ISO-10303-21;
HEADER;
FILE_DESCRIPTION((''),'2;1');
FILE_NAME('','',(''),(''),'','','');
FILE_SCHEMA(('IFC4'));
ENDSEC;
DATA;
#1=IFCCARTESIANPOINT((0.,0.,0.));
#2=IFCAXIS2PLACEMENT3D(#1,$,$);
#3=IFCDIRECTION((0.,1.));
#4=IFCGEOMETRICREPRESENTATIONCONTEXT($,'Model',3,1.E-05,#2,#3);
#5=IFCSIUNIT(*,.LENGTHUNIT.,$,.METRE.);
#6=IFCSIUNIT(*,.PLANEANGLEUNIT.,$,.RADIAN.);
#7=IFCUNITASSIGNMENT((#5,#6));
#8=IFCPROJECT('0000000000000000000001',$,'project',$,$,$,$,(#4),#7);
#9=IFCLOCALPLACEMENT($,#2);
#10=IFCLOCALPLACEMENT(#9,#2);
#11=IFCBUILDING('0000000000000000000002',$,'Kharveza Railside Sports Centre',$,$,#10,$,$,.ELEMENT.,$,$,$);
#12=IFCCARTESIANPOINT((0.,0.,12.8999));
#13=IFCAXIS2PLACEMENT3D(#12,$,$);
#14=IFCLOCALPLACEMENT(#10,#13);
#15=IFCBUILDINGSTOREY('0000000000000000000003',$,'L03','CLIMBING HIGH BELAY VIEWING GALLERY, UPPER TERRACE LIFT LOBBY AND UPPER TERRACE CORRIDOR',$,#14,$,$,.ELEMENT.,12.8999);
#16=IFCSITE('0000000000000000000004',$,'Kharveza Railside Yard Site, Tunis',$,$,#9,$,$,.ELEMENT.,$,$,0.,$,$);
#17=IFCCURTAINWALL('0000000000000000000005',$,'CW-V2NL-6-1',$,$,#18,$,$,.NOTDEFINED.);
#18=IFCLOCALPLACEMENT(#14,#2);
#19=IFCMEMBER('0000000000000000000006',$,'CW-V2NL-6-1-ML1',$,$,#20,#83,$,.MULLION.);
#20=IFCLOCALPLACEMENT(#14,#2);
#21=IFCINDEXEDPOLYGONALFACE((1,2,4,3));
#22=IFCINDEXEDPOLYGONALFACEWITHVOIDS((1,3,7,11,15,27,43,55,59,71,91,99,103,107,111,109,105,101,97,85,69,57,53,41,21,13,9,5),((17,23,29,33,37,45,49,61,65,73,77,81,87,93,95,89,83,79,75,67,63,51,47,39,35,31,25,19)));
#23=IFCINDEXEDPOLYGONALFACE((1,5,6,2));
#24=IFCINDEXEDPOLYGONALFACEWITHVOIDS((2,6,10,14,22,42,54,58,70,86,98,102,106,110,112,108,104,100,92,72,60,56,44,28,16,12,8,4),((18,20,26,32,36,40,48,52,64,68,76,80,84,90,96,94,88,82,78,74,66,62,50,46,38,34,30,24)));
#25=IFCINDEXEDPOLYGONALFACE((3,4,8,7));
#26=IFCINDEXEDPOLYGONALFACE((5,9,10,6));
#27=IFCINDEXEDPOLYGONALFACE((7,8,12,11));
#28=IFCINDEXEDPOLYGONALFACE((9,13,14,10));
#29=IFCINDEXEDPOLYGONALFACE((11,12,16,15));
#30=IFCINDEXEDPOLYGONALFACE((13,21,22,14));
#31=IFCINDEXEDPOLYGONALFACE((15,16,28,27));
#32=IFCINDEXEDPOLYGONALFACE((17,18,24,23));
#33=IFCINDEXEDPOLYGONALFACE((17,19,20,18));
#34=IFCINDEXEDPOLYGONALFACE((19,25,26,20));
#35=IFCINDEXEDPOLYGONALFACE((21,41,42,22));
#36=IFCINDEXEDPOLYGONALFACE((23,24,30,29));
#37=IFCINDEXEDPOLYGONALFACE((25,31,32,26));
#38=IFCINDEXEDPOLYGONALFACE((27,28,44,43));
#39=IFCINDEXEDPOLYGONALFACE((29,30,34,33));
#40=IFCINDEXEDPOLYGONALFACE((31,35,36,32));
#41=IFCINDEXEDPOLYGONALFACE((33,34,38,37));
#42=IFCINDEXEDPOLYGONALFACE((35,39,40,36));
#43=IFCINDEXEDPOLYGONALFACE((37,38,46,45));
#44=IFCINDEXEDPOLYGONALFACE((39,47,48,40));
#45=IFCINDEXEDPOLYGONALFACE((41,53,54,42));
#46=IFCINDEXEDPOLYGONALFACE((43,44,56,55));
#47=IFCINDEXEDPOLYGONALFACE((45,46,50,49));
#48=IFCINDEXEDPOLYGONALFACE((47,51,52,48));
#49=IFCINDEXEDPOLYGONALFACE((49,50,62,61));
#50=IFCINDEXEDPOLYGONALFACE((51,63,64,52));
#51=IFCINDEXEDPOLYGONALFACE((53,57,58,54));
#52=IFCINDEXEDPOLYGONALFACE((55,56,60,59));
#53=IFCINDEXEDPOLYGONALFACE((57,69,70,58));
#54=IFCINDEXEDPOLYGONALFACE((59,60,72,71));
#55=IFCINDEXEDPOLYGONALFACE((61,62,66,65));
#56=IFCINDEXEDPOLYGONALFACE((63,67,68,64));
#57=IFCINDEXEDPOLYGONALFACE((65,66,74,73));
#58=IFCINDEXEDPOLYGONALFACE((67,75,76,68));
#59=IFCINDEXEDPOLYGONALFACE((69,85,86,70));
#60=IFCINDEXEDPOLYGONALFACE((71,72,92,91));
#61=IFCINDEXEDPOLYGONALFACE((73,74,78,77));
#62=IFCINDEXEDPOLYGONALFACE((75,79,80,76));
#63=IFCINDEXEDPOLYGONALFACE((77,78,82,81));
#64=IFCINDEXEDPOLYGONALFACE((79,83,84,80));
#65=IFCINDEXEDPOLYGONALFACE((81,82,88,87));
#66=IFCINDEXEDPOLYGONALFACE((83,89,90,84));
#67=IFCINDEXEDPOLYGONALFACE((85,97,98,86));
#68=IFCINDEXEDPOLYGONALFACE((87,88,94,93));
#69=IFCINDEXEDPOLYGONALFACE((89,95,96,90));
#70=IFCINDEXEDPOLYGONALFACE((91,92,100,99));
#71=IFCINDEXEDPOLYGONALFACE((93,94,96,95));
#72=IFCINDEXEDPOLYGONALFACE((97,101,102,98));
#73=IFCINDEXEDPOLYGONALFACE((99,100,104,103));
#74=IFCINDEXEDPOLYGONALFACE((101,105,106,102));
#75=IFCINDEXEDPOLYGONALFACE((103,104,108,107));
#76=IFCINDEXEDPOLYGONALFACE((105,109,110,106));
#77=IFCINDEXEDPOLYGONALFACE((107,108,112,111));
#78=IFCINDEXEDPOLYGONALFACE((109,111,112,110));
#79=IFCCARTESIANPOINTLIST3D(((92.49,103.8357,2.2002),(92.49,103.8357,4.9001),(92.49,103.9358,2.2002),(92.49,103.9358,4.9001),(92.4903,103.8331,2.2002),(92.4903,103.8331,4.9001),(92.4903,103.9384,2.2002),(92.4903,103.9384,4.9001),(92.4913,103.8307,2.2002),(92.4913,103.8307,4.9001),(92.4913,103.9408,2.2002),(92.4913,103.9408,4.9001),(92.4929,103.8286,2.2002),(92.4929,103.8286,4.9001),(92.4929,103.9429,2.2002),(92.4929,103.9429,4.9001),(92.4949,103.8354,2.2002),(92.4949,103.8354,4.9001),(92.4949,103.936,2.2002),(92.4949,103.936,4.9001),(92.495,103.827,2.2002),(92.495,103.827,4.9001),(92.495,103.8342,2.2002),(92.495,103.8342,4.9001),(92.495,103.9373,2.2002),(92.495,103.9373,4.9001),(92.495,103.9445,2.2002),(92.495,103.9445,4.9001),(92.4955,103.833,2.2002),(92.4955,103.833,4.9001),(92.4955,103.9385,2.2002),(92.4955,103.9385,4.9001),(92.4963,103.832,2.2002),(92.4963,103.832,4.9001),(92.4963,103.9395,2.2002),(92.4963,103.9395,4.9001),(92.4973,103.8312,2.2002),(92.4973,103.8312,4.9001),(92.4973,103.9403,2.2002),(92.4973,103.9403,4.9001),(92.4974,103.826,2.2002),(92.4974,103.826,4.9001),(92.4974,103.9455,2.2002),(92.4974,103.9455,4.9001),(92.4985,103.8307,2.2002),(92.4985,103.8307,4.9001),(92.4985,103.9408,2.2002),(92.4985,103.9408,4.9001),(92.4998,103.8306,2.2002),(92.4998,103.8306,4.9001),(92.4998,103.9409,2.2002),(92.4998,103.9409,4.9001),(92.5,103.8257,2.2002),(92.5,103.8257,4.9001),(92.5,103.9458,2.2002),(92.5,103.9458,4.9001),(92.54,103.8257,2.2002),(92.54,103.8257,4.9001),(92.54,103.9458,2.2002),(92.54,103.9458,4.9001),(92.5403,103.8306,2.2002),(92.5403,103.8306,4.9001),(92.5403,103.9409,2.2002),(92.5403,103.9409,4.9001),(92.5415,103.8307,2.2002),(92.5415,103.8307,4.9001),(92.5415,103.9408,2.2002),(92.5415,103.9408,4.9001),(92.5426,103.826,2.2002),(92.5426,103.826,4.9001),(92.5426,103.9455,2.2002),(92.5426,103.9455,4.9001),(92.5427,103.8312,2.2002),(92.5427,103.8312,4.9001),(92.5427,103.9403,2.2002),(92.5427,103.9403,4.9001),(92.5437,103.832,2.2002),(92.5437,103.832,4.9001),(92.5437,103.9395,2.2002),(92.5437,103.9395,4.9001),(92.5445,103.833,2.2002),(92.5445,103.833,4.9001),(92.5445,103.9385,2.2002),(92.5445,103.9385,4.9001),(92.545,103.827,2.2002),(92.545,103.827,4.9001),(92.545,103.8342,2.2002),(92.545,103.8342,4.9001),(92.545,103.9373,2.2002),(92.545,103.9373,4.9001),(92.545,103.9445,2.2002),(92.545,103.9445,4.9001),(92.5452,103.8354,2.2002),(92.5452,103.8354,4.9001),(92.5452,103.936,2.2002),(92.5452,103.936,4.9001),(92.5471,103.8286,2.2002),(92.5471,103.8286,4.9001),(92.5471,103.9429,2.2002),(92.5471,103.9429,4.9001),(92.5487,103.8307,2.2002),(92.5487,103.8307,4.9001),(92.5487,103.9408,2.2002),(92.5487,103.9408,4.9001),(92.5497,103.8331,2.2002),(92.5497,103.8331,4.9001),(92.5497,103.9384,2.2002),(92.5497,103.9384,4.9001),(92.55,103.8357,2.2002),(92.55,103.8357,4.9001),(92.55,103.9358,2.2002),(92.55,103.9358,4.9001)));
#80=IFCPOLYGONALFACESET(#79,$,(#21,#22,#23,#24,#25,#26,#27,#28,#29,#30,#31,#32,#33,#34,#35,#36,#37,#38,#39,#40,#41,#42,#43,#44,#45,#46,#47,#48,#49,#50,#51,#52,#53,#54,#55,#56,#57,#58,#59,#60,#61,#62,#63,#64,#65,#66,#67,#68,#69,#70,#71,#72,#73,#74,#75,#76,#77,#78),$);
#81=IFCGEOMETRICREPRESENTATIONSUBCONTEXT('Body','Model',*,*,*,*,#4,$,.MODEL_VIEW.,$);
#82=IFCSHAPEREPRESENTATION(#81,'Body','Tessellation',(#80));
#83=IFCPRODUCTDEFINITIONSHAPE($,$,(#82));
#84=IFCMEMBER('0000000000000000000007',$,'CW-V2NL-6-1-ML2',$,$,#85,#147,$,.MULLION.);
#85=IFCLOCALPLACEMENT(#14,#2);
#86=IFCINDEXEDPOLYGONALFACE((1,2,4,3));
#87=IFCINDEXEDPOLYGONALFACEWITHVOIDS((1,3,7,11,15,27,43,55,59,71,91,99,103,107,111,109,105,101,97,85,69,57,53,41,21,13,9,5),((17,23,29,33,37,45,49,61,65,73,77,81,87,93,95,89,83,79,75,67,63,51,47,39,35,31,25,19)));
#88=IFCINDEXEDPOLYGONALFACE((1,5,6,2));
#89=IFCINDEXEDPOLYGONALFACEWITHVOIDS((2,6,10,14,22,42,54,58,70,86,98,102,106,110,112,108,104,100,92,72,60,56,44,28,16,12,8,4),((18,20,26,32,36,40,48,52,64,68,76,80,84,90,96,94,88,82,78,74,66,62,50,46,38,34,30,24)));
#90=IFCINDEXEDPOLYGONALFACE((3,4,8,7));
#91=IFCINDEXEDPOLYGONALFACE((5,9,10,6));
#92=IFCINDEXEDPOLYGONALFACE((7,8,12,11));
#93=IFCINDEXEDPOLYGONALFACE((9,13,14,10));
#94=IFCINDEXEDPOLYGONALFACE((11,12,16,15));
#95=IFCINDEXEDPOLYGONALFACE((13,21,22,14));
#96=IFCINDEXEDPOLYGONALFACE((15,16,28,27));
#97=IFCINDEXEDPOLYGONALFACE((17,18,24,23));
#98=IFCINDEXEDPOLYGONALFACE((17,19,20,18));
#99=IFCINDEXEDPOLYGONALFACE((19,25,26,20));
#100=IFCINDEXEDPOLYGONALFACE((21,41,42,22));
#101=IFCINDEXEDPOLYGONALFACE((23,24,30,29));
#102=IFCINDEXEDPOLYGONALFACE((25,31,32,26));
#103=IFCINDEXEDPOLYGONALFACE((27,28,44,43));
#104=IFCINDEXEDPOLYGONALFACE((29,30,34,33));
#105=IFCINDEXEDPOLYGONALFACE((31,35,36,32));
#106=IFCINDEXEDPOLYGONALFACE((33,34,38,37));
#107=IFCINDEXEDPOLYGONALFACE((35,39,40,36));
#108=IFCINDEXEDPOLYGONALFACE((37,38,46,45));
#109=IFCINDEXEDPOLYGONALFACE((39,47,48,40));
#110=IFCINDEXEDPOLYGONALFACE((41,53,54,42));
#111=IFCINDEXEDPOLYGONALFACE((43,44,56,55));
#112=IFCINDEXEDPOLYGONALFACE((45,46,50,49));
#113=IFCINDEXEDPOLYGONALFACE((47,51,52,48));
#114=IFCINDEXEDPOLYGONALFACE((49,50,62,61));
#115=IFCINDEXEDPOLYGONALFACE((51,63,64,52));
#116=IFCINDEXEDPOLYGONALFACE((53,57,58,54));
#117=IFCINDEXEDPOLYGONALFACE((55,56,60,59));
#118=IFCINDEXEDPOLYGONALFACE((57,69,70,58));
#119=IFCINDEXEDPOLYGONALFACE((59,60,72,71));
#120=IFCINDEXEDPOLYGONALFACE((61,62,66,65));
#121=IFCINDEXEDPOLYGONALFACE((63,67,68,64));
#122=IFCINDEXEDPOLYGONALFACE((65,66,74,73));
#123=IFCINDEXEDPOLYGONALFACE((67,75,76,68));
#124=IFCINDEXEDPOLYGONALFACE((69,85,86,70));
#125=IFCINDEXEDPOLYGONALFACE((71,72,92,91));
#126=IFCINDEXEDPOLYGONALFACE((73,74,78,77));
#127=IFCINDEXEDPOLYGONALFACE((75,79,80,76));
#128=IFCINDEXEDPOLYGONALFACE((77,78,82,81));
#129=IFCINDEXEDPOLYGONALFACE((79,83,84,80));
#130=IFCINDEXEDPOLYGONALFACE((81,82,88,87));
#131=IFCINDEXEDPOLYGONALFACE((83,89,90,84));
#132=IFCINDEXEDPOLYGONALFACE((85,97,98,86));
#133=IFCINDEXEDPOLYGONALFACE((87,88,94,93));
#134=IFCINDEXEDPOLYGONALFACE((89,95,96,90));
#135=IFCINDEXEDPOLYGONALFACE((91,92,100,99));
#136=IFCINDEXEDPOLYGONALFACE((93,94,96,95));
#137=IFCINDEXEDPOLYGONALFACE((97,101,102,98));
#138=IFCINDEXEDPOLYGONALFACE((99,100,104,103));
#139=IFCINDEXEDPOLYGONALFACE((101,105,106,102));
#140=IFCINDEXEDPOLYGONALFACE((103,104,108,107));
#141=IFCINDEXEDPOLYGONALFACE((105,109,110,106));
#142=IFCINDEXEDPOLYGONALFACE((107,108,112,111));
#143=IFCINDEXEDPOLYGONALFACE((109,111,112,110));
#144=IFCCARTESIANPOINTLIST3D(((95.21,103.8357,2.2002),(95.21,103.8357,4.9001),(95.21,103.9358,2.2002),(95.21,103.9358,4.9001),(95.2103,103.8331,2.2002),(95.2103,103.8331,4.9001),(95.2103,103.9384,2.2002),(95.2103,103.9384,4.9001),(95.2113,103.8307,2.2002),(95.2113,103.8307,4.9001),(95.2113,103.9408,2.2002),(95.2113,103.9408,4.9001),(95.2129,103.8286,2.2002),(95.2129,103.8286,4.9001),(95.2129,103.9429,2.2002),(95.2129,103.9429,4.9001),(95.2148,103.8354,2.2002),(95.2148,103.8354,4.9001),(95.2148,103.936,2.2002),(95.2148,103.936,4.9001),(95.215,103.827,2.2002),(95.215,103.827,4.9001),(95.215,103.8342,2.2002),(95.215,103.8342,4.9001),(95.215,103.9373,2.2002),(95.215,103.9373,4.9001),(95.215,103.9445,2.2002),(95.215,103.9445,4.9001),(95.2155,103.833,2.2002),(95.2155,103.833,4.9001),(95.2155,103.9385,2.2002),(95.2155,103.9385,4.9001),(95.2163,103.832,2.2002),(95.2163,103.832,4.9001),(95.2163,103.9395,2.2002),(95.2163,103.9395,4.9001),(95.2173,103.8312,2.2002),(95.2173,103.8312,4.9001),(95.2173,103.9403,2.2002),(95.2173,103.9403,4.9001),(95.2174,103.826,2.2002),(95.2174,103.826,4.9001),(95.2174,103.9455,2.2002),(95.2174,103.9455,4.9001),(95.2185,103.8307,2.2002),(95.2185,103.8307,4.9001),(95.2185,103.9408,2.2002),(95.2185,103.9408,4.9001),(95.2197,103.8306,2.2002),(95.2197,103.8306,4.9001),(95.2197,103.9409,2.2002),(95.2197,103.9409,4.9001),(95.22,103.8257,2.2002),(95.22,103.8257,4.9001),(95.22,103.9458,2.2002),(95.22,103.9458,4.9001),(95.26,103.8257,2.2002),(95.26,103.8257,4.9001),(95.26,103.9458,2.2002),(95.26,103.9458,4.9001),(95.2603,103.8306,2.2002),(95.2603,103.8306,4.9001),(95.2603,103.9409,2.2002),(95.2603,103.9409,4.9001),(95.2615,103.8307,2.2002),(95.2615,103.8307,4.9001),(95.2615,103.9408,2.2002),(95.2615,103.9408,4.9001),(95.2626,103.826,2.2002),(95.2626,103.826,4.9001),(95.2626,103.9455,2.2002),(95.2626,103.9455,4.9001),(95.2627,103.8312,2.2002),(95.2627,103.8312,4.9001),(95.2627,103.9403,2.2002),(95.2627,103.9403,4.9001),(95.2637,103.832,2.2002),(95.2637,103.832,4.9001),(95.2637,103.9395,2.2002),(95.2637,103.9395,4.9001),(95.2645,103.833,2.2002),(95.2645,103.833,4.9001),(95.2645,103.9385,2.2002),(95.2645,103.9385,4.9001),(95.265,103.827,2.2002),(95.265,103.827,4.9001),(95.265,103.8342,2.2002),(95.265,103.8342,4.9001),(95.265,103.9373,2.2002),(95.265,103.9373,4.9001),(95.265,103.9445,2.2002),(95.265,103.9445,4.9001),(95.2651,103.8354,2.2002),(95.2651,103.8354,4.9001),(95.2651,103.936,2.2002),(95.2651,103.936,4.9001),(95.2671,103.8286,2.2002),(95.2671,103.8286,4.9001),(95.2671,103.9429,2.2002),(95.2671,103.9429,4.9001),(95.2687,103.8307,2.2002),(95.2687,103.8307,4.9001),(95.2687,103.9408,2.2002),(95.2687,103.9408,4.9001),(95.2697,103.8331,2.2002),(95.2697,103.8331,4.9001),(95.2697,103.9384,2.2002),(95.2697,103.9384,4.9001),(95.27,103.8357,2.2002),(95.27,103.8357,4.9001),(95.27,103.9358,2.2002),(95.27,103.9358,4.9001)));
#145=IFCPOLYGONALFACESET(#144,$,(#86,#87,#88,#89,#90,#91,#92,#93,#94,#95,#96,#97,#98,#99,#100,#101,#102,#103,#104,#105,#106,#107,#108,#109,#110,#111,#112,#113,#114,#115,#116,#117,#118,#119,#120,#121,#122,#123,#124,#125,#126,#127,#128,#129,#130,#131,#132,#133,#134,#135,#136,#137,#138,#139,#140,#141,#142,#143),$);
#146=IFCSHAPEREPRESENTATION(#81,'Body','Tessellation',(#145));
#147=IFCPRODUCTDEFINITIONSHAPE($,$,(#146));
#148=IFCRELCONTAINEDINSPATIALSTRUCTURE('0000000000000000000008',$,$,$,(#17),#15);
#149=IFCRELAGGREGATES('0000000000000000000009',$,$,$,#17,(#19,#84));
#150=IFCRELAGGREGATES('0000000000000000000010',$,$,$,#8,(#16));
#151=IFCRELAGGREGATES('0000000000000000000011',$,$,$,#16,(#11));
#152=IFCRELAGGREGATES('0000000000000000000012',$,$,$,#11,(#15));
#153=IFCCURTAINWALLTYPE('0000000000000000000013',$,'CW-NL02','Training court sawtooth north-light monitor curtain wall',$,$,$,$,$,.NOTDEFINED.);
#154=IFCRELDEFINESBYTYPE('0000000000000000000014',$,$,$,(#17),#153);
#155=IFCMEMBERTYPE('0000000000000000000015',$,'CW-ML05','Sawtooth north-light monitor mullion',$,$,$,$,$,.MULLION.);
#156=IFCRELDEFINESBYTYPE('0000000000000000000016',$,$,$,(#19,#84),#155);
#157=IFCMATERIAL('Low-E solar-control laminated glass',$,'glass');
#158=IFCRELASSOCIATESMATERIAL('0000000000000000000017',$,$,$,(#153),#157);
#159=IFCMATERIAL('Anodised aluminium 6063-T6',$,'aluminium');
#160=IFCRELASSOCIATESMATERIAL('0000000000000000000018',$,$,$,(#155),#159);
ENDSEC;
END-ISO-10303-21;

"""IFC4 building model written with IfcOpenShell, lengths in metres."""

from ifc_helpers import new_model, si_unit, direction, frame, origin, origin_2d, place, context, subcontext, project, spatial, hollow_rectangle, extrude, material, material_profile, profile_set, type_object, element, aggregate, save


model = new_model("IFC4")

# Units and contexts
model_context = context("Model", 3, precision=1e-05, world=origin(), true_north=direction((0.0, 1.0)))
body_context = subcontext(model_context, "Body", "Model", "MODEL_VIEW")
ifc_project = project(units=[si_unit("LENGTHUNIT", "METRE"), si_unit("PLANEANGLEUNIT", "RADIAN")], contexts=[model_context])

# Site, building, storey
site_placement = place(None, origin())
site = spatial("IfcSite", under=ifc_project, at=site_placement, Name="Kharveza Railside Yard Site, Tunis", CompositionType="ELEMENT", RefElevation=0.0)
building_placement = place(site_placement, origin())
building = spatial("IfcBuilding", under=site, at=building_placement, Name="Kharveza Railside Sports Centre", CompositionType="ELEMENT")
storey_placement = place(building_placement, frame((0.0, 0.0, 12.8999)))
storey = spatial("IfcBuildingStorey", under=building, at=storey_placement, Name="L03", Description="CLIMBING HIGH BELAY VIEWING GALLERY, UPPER TERRACE LIFT LOBBY AND UPPER TERRACE CORRIDOR", CompositionType="ELEMENT", Elevation=12.8999)

# Curtain wall, members
ifc_material_1 = material(Name="Low-E solar-control laminated glass", Category="glass")
curtain_wall_type = type_object("IfcCurtainWallType", Name="CW-NL02", Description="Training court sawtooth north-light monitor curtain wall", PredefinedType="NOTDEFINED", material=ifc_material_1)
curtain_wall_1_placement = place(storey_placement, origin())
curtain_wall_1 = element("IfcCurtainWall", 1, at=curtain_wall_1_placement, inside=storey, type_object=curtain_wall_type, Name="CW-V2NL-6-1", PredefinedType="NOTDEFINED")
ifc_material_2 = material(Name="Anodised aluminium 6063-T6", Category="aluminium")
ifc_material_profile_1 = material_profile(ifc_material_2, hollow_rectangle(XDim=0.0601, YDim=0.1201, WallThickness=0.0049, InnerFilletRadius=0.0049, OuterFilletRadius=0.01, at=origin_2d()), Name="RHS 60x120x5.0")
ifc_profile_set_1 = profile_set([ifc_material_profile_1], Name="Anodised aluminium 6063-T6")
member_type_1 = type_object("IfcMemberType", Name="CW-ML05", Description="Sawtooth north-light monitor mullion", PredefinedType="MULLION", material=ifc_profile_set_1)
member_1_placement = place(storey_placement, frame((92.52, 103.8857, 2.2002), z_axis=(0.0, 0.0, 1.0), x_axis=(1.0, 0.0, 0.0)))
member_1 = element("IfcMember", 2, at=member_1_placement, type_object=member_type_1, Name="CW-V2NL-6-1-ML1", PredefinedType="MULLION", context=body_context, shape_type="SweptSolid", body=[
    extrude(hollow_rectangle(XDim=0.0601, YDim=0.1201, WallThickness=0.0049, InnerFilletRadius=0.0049, OuterFilletRadius=0.01, at=origin_2d()), origin(), (0.0, 0.0, 1.0), 2.7),
])
member_2_placement = place(storey_placement, frame((95.24, 103.8857, 2.2002), z_axis=(0.0, 0.0, 1.0), x_axis=(1.0, 0.0, 0.0)))
member_2 = element("IfcMember", 3, at=member_2_placement, type_object=member_type_1, Name="CW-V2NL-6-1-ML2", PredefinedType="MULLION", context=body_context, shape_type="SweptSolid", body=[
    extrude(hollow_rectangle(XDim=0.0601, YDim=0.1201, WallThickness=0.0049, InnerFilletRadius=0.0049, OuterFilletRadius=0.01, at=origin_2d()), origin(), (0.0, 0.0, 1.0), 2.7),
])

aggregate(curtain_wall_1, [member_1, member_2])

save(model, "model.ifc")
